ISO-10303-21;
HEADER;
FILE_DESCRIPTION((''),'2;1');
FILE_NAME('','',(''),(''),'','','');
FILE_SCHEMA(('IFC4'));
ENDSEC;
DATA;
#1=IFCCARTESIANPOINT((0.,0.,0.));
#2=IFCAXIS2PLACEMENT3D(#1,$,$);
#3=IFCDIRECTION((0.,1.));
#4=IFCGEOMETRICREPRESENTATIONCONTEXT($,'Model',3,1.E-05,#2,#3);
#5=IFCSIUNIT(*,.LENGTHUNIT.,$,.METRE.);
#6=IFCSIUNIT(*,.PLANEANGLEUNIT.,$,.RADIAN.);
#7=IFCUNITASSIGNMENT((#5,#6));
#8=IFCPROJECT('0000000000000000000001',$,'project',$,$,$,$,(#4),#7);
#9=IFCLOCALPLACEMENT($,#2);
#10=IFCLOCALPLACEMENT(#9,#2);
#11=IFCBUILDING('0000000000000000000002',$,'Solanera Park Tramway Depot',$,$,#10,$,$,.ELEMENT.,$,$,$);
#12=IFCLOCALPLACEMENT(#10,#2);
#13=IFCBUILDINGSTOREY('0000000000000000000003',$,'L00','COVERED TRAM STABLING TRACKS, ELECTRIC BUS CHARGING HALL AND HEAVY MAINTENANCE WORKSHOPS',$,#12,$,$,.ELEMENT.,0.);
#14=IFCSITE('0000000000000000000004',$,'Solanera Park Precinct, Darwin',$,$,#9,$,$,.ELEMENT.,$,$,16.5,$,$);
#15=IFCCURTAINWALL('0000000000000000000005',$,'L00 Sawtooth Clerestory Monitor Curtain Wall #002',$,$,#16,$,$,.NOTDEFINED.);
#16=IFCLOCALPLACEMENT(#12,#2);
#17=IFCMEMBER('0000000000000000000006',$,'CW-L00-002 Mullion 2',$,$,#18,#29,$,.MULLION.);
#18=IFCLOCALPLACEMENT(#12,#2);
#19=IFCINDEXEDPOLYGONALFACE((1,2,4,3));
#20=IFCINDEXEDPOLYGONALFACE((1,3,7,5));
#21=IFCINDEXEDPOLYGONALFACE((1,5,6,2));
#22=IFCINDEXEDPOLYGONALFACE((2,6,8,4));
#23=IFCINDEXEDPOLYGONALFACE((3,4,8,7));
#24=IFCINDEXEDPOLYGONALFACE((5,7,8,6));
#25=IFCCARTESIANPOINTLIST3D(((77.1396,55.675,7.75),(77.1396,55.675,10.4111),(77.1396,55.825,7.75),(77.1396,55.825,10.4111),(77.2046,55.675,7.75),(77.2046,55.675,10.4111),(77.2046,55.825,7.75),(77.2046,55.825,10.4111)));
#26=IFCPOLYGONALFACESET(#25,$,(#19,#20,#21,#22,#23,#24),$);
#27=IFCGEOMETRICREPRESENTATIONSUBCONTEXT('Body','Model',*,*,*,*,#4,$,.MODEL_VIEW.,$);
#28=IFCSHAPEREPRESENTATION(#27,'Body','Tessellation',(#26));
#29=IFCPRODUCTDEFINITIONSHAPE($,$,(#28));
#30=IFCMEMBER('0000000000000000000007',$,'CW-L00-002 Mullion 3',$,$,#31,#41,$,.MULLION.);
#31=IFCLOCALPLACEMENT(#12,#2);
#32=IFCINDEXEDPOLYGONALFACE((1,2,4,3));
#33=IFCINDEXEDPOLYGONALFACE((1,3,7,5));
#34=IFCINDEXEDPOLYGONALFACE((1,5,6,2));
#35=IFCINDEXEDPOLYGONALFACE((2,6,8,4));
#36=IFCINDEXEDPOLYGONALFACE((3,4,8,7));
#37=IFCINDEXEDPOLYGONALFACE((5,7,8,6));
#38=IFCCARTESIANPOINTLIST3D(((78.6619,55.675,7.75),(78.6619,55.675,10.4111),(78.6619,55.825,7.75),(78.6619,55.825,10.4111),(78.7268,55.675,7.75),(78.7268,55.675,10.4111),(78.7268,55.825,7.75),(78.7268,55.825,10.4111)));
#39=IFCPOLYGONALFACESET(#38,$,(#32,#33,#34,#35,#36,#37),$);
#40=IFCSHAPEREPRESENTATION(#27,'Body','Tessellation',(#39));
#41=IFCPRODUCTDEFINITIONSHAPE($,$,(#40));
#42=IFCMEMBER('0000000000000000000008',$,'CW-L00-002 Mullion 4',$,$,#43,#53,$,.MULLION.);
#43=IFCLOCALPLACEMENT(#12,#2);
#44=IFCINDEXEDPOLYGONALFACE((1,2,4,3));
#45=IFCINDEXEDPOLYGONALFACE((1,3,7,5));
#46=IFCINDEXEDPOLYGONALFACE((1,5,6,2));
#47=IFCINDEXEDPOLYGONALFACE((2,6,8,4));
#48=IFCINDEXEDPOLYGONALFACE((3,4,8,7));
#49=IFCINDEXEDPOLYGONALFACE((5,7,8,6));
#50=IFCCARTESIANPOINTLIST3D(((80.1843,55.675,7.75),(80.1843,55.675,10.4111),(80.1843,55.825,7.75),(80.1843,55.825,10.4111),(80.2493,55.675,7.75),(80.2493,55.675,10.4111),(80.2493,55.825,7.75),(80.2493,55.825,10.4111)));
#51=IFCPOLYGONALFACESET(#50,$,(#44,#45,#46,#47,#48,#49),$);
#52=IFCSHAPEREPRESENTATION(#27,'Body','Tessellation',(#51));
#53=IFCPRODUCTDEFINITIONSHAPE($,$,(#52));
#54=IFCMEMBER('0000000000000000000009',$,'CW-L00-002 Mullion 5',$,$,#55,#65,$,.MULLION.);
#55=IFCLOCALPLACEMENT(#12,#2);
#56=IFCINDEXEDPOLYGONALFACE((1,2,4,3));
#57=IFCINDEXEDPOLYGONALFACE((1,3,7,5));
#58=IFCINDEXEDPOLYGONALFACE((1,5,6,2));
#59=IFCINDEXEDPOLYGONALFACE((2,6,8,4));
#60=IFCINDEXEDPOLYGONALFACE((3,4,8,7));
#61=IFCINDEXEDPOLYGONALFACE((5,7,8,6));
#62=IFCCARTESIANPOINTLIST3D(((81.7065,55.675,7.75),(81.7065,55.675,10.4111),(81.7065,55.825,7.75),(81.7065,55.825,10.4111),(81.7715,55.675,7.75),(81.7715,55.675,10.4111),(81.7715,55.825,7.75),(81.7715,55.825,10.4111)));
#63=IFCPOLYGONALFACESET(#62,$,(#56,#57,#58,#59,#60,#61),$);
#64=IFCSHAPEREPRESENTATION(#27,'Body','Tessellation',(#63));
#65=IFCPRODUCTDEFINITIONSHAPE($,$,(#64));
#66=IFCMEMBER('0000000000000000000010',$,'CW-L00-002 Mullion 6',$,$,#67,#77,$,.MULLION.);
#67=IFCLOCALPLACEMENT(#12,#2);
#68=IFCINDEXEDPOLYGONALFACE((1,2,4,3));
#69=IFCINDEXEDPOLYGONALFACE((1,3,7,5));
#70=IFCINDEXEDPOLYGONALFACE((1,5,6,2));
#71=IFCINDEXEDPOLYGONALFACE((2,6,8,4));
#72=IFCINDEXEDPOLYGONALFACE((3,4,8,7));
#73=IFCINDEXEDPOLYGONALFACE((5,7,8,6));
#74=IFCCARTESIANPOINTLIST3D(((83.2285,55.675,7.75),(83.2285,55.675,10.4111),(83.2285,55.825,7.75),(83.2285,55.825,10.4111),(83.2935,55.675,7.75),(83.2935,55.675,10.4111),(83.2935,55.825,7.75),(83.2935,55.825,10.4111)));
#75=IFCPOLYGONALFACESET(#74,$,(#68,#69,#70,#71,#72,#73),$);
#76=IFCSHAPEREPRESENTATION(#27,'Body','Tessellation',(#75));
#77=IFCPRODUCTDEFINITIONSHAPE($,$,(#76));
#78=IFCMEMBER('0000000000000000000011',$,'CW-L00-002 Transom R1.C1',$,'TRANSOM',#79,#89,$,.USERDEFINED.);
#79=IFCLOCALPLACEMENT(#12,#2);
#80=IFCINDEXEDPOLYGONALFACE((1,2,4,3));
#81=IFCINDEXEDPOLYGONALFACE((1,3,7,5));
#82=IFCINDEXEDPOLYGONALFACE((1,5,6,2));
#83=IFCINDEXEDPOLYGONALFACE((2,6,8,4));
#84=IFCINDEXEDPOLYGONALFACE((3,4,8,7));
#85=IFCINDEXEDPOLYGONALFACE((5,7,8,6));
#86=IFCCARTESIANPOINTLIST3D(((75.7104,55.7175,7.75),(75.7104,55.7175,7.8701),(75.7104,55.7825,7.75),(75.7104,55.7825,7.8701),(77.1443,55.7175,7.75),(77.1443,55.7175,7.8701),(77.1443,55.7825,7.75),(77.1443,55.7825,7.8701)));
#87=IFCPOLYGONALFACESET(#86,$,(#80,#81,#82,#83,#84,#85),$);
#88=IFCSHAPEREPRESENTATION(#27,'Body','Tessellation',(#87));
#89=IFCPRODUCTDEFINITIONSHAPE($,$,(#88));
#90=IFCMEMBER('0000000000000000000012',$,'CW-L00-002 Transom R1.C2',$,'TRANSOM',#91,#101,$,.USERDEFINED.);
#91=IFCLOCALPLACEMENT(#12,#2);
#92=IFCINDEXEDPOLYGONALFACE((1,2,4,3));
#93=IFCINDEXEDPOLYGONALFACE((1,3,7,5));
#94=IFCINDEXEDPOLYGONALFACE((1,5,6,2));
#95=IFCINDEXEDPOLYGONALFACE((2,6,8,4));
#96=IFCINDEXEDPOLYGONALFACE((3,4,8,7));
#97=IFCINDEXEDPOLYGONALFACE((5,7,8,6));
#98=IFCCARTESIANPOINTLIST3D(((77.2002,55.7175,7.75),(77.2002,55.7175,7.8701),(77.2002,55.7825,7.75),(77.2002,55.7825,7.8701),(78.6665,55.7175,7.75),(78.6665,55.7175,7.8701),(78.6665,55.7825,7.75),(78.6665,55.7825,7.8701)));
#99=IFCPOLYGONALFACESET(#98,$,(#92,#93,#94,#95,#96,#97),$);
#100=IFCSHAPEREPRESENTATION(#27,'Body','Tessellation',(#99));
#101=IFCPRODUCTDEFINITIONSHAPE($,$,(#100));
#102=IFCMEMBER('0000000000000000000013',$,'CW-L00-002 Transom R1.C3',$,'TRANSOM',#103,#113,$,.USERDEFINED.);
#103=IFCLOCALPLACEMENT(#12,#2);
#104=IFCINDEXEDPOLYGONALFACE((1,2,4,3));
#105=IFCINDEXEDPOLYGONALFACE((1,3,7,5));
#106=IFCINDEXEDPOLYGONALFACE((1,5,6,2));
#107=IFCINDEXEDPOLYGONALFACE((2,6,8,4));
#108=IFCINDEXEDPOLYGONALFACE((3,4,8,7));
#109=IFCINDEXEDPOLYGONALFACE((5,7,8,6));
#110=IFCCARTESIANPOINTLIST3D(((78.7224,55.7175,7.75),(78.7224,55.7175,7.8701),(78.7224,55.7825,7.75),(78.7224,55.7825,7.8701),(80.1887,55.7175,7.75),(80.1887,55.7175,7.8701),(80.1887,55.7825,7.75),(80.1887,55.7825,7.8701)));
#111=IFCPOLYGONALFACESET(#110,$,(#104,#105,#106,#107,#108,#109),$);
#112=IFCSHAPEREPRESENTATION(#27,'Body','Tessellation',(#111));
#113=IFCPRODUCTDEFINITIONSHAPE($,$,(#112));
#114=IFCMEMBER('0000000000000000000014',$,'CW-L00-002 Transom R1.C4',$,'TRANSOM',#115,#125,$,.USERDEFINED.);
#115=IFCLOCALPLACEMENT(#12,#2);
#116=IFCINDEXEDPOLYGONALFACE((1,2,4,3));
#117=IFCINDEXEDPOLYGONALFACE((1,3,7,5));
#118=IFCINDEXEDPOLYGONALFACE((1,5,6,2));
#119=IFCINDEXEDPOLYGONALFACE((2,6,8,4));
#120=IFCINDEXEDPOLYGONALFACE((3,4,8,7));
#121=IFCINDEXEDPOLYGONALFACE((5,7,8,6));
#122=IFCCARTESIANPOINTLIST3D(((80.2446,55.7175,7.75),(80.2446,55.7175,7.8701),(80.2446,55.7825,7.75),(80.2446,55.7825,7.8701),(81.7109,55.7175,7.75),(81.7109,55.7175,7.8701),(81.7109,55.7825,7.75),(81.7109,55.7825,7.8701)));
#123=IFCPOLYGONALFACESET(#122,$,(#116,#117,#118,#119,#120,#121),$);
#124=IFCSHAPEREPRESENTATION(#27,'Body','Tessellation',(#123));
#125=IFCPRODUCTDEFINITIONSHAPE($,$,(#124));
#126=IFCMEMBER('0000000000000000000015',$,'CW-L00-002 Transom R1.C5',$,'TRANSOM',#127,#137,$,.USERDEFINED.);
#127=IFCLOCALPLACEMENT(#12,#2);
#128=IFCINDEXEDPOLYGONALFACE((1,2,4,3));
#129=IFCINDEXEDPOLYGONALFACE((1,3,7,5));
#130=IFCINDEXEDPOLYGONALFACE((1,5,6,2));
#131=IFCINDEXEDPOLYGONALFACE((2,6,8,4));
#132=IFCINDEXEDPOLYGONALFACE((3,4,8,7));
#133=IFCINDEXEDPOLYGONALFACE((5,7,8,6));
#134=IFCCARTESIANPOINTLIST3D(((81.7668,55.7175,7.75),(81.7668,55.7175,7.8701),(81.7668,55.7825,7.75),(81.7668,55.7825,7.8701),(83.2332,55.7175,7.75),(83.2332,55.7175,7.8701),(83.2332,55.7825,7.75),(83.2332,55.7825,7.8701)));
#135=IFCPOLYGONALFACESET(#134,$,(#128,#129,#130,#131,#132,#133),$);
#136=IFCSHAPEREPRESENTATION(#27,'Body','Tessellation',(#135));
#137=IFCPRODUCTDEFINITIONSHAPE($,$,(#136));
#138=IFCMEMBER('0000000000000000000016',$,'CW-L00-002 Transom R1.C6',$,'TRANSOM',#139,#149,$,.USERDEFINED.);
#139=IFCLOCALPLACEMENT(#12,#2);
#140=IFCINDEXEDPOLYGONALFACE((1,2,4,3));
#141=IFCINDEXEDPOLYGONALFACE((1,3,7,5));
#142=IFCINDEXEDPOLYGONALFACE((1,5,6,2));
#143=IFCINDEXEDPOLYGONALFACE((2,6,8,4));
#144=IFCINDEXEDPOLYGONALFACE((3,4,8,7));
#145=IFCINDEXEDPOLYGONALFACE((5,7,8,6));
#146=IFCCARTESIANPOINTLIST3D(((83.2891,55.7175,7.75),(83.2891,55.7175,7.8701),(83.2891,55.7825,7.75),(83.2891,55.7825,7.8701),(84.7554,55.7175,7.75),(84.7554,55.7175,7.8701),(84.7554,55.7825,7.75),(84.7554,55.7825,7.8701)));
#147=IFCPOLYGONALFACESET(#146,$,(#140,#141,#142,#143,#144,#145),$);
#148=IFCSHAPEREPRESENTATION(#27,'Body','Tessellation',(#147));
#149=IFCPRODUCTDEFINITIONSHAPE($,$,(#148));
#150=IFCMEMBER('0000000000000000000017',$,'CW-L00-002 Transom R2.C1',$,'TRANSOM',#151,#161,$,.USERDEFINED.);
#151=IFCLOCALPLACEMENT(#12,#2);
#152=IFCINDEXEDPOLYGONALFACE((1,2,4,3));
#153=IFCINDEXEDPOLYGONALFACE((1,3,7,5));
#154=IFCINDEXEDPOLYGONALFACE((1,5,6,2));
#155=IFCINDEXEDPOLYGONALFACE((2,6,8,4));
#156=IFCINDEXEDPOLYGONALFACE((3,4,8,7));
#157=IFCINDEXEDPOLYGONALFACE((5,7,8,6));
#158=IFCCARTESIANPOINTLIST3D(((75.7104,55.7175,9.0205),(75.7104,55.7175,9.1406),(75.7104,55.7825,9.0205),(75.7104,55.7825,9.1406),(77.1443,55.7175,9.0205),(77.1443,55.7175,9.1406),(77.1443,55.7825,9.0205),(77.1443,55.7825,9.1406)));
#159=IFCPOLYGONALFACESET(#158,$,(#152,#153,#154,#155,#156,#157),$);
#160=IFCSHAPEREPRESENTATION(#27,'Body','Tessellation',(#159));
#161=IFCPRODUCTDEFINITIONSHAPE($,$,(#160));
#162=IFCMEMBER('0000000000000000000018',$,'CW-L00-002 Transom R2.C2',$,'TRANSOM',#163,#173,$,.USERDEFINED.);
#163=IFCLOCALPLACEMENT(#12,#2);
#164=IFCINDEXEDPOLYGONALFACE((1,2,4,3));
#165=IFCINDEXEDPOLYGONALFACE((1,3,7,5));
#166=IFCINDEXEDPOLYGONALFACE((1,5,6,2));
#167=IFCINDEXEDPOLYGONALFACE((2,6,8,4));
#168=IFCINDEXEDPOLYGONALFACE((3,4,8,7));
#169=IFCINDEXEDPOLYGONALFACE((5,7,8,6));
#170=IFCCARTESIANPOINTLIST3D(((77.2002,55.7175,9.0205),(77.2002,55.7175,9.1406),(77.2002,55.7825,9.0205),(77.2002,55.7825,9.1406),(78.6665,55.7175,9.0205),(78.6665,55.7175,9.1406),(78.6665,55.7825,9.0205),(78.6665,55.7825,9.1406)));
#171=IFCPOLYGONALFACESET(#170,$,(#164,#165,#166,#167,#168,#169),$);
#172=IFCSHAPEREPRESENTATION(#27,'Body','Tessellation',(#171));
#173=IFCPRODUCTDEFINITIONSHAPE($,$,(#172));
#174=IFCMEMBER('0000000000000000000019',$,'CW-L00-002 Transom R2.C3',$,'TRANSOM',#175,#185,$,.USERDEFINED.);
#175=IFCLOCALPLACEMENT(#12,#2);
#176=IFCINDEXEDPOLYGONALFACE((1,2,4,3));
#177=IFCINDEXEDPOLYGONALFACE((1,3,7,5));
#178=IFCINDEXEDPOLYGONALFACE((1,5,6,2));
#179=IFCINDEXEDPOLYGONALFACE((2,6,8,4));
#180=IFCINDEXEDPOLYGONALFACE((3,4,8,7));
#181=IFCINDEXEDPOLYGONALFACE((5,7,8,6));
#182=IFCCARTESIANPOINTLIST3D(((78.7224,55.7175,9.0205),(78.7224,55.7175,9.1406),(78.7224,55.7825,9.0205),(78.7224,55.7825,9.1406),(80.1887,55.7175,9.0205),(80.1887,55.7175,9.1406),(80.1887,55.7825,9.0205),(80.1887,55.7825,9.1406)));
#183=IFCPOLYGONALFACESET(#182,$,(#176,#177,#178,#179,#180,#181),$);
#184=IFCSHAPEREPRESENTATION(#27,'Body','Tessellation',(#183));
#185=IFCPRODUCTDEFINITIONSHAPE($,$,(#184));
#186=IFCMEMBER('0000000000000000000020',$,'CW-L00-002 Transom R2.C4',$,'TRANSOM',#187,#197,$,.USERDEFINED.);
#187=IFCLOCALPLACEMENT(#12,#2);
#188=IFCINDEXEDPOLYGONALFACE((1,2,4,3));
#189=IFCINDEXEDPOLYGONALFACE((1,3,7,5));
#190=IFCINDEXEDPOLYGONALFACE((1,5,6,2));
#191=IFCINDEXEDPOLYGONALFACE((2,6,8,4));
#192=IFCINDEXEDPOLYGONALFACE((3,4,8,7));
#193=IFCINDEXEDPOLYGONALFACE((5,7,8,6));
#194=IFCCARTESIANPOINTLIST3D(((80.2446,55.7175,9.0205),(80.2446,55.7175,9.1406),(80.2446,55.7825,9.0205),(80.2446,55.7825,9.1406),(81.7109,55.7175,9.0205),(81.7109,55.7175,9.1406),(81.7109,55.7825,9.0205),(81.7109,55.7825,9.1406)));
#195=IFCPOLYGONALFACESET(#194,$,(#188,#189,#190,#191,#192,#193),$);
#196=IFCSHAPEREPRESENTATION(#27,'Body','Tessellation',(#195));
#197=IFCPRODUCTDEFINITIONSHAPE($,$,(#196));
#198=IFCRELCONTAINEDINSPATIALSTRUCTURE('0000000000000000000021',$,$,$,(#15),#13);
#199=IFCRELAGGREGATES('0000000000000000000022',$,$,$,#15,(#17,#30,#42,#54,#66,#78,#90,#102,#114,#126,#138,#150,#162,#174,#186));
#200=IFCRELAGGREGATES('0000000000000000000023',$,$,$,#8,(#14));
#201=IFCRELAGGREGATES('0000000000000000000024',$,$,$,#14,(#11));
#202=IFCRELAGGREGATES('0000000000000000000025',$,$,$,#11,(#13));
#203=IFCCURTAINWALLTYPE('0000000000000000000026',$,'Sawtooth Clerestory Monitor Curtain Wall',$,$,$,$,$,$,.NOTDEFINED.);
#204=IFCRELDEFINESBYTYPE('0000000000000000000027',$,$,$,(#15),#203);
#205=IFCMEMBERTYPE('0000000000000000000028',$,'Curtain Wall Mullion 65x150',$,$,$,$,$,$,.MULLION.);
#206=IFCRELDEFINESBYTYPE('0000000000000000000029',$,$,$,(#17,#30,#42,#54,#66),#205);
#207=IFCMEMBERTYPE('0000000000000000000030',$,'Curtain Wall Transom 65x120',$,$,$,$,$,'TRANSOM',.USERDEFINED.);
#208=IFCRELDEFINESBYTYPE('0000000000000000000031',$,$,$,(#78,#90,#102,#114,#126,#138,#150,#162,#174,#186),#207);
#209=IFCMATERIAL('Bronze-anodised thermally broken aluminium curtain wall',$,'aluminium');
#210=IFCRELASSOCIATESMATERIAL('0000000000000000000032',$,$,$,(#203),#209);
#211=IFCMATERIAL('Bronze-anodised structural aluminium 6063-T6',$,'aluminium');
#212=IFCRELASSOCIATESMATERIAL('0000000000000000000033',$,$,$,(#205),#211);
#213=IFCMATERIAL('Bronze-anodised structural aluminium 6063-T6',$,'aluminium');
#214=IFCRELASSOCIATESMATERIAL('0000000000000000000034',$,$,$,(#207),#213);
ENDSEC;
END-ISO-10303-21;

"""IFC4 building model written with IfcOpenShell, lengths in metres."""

from ifc_helpers import new_model, si_unit, direction, frame, origin, origin_2d, place, context, subcontext, project, spatial, rectangle, extrude, material, material_profile, profile_set, type_object, element, aggregate, save


model = new_model("IFC4")

# Units and contexts
model_context = context("Model", 3, precision=1e-05, world=origin(), true_north=direction((0.0, 1.0)))
body_context = subcontext(model_context, "Body", "Model", "MODEL_VIEW")
ifc_project = project(units=[si_unit("LENGTHUNIT", "METRE"), si_unit("PLANEANGLEUNIT", "RADIAN")], contexts=[model_context])

# Site, building, storey
site_placement = place(None, origin())
site = spatial("IfcSite", under=ifc_project, at=site_placement, Name="Solanera Park Precinct, Darwin", CompositionType="ELEMENT", RefElevation=16.5)
building_placement = place(site_placement, origin())
building = spatial("IfcBuilding", under=site, at=building_placement, Name="Solanera Park Tramway Depot", CompositionType="ELEMENT")
storey_placement = place(building_placement, origin())
storey = spatial("IfcBuildingStorey", under=building, at=storey_placement, Name="L00", Description="COVERED TRAM STABLING TRACKS, ELECTRIC BUS CHARGING HALL AND HEAVY MAINTENANCE WORKSHOPS", CompositionType="ELEMENT", Elevation=0.0)

# Curtain wall, members
ifc_material_1 = material(Name="Bronze-anodised thermally broken aluminium curtain wall", Category="aluminium")
curtain_wall_type = type_object("IfcCurtainWallType", Name="Sawtooth Clerestory Monitor Curtain Wall", PredefinedType="NOTDEFINED", material=ifc_material_1)
curtain_wall_placement = place(storey_placement, origin())
curtain_wall = element("IfcCurtainWall", 1, at=curtain_wall_placement, inside=storey, type_object=curtain_wall_type, Name="L00 Sawtooth Clerestory Monitor Curtain Wall #002", PredefinedType="NOTDEFINED")
ifc_material_2 = material(Name="Bronze-anodised structural aluminium 6063-T6", Category="aluminium")
ifc_material_profile_1 = material_profile(ifc_material_2, rectangle(XDim=0.0649, YDim=0.1499, at=origin_2d()), Name="Curtain Wall Mullion 65x150")
ifc_profile_set_1 = profile_set([ifc_material_profile_1], Name="Bronze-anodised structural aluminium 6063-T6")
member_type_1 = type_object("IfcMemberType", Name="Curtain Wall Mullion 65x150", PredefinedType="MULLION", material=ifc_profile_set_1)
member_1_placement = place(storey_placement, frame((77.1721, 55.75, 7.75), z_axis=(0.0, 0.0, 1.0), x_axis=(1.0, 0.0, 0.0)))
member_1 = element("IfcMember", 2, at=member_1_placement, type_object=member_type_1, Name="CW-L00-002 Mullion 2", PredefinedType="MULLION", context=body_context, shape_type="SweptSolid", body=[
    extrude(rectangle(XDim=0.0649, YDim=0.1499, at=origin_2d()), origin(), (0.0, 0.0, 1.0), 2.6611),
])
member_2_placement = place(storey_placement, frame((78.6943, 55.75, 7.75), z_axis=(0.0, 0.0, 1.0), x_axis=(1.0, 0.0, 0.0)))
member_2 = element("IfcMember", 3, at=member_2_placement, type_object=member_type_1, Name="CW-L00-002 Mullion 3", PredefinedType="MULLION", context=body_context, shape_type="SweptSolid", body=[
    extrude(rectangle(XDim=0.0649, YDim=0.1499, at=origin_2d()), origin(), (0.0, 0.0, 1.0), 2.6611),
])
member_3_placement = place(storey_placement, frame((80.2168, 55.75, 7.75), z_axis=(0.0, 0.0, 1.0), x_axis=(1.0, 0.0, 0.0)))
member_3 = element("IfcMember", 4, at=member_3_placement, type_object=member_type_1, Name="CW-L00-002 Mullion 4", PredefinedType="MULLION", context=body_context, shape_type="SweptSolid", body=[
    extrude(rectangle(XDim=0.0649, YDim=0.1499, at=origin_2d()), origin(), (0.0, 0.0, 1.0), 2.6611),
])
member_4_placement = place(storey_placement, frame((81.739, 55.75, 7.75), z_axis=(0.0, 0.0, 1.0), x_axis=(1.0, 0.0, 0.0)))
member_4 = element("IfcMember", 5, at=member_4_placement, type_object=member_type_1, Name="CW-L00-002 Mullion 5", PredefinedType="MULLION", context=body_context, shape_type="SweptSolid", body=[
    extrude(rectangle(XDim=0.0649, YDim=0.1499, at=origin_2d()), origin(), (0.0, 0.0, 1.0), 2.6611),
])
member_5_placement = place(storey_placement, frame((83.261, 55.75, 7.75), z_axis=(0.0, 0.0, 1.0), x_axis=(1.0, 0.0, 0.0)))
member_5 = element("IfcMember", 6, at=member_5_placement, type_object=member_type_1, Name="CW-L00-002 Mullion 6", PredefinedType="MULLION", context=body_context, shape_type="SweptSolid", body=[
    extrude(rectangle(XDim=0.0649, YDim=0.1499, at=origin_2d()), origin(), (0.0, 0.0, 1.0), 2.6611),
])
ifc_material_3 = material(Name="Bronze-anodised structural aluminium 6063-T6", Category="aluminium")
ifc_material_profile_2 = material_profile(ifc_material_3, rectangle(XDim=0.0649, YDim=0.1201, at=origin_2d()), Name="Curtain Wall Transom 65x120")
ifc_profile_set_2 = profile_set([ifc_material_profile_2], Name="Bronze-anodised structural aluminium 6063-T6")
member_type_2 = type_object("IfcMemberType", Name="Curtain Wall Transom 65x120", ElementType="TRANSOM", PredefinedType="USERDEFINED", material=ifc_profile_set_2)
member_6_placement = place(storey_placement, frame((75.7104, 55.75, 7.8101), z_axis=(1.0, 0.0, 0.0), x_axis=(0.0, 1.0, 0.0)))
member_6 = element("IfcMember", 7, at=member_6_placement, type_object=member_type_2, Name="CW-L00-002 Transom R1.C1", ObjectType="TRANSOM", PredefinedType="USERDEFINED", context=body_context, shape_type="SweptSolid", body=[
    extrude(rectangle(XDim=0.0649, YDim=0.1201, at=origin_2d()), origin(), (0.0, 0.0, 1.0), 1.4338),
])
member_7_placement = place(storey_placement, frame((77.2002, 55.75, 7.8101), z_axis=(1.0, 0.0, 0.0), x_axis=(0.0, 1.0, 0.0)))
member_7 = element("IfcMember", 8, at=member_7_placement, type_object=member_type_2, Name="CW-L00-002 Transom R1.C2", ObjectType="TRANSOM", PredefinedType="USERDEFINED", context=body_context, shape_type="SweptSolid", body=[
    extrude(rectangle(XDim=0.0649, YDim=0.1201, at=origin_2d()), origin(), (0.0, 0.0, 1.0), 1.4663),
])
member_8_placement = place(storey_placement, frame((78.7224, 55.75, 7.8101), z_axis=(1.0, 0.0, 0.0), x_axis=(0.0, 1.0, 0.0)))
member_8 = element("IfcMember", 9, at=member_8_placement, type_object=member_type_2, Name="CW-L00-002 Transom R1.C3", ObjectType="TRANSOM", PredefinedType="USERDEFINED", context=body_context, shape_type="SweptSolid", body=[
    extrude(rectangle(XDim=0.0649, YDim=0.1201, at=origin_2d()), origin(), (0.0, 0.0, 1.0), 1.4663),
])
member_9_placement = place(storey_placement, frame((80.2446, 55.75, 7.8101), z_axis=(1.0, 0.0, 0.0), x_axis=(0.0, 1.0, 0.0)))
member_9 = element("IfcMember", 10, at=member_9_placement, type_object=member_type_2, Name="CW-L00-002 Transom R1.C4", ObjectType="TRANSOM", PredefinedType="USERDEFINED", context=body_context, shape_type="SweptSolid", body=[
    extrude(rectangle(XDim=0.0649, YDim=0.1201, at=origin_2d()), origin(), (0.0, 0.0, 1.0), 1.4663),
])
member_10_placement = place(storey_placement, frame((81.7668, 55.75, 7.8101), z_axis=(1.0, 0.0, 0.0), x_axis=(0.0, 1.0, 0.0)))
member_10 = element("IfcMember", 11, at=member_10_placement, type_object=member_type_2, Name="CW-L00-002 Transom R1.C5", ObjectType="TRANSOM", PredefinedType="USERDEFINED", context=body_context, shape_type="SweptSolid", body=[
    extrude(rectangle(XDim=0.0649, YDim=0.1201, at=origin_2d()), origin(), (0.0, 0.0, 1.0), 1.4663),
])
member_11_placement = place(storey_placement, frame((83.2891, 55.75, 7.8101), z_axis=(1.0, 0.0, 0.0), x_axis=(0.0, 1.0, 0.0)))
member_11 = element("IfcMember", 12, at=member_11_placement, type_object=member_type_2, Name="CW-L00-002 Transom R1.C6", ObjectType="TRANSOM", PredefinedType="USERDEFINED", context=body_context, shape_type="SweptSolid", body=[
    extrude(rectangle(XDim=0.0649, YDim=0.1201, at=origin_2d()), origin(), (0.0, 0.0, 1.0), 1.4663),
])
member_12_placement = place(storey_placement, frame((75.7104, 55.75, 9.0806), z_axis=(1.0, 0.0, 0.0), x_axis=(0.0, 1.0, 0.0)))
member_12 = element("IfcMember", 13, at=member_12_placement, type_object=member_type_2, Name="CW-L00-002 Transom R2.C1", ObjectType="TRANSOM", PredefinedType="USERDEFINED", context=body_context, shape_type="SweptSolid", body=[
    extrude(rectangle(XDim=0.0649, YDim=0.1201, at=origin_2d()), origin(), (0.0, 0.0, 1.0), 1.4338),
])
member_13_placement = place(storey_placement, frame((77.2002, 55.75, 9.0806), z_axis=(1.0, 0.0, 0.0), x_axis=(0.0, 1.0, 0.0)))
member_13 = element("IfcMember", 14, at=member_13_placement, type_object=member_type_2, Name="CW-L00-002 Transom R2.C2", ObjectType="TRANSOM", PredefinedType="USERDEFINED", context=body_context, shape_type="SweptSolid", body=[
    extrude(rectangle(XDim=0.0649, YDim=0.1201, at=origin_2d()), origin(), (0.0, 0.0, 1.0), 1.4663),
])
member_14_placement = place(storey_placement, frame((78.7224, 55.75, 9.0806), z_axis=(1.0, 0.0, 0.0), x_axis=(0.0, 1.0, 0.0)))
member_14 = element("IfcMember", 15, at=member_14_placement, type_object=member_type_2, Name="CW-L00-002 Transom R2.C3", ObjectType="TRANSOM", PredefinedType="USERDEFINED", context=body_context, shape_type="SweptSolid", body=[
    extrude(rectangle(XDim=0.0649, YDim=0.1201, at=origin_2d()), origin(), (0.0, 0.0, 1.0), 1.4663),
])
member_15_placement = place(storey_placement, frame((80.2446, 55.75, 9.0806), z_axis=(1.0, 0.0, 0.0), x_axis=(0.0, 1.0, 0.0)))
member_15 = element("IfcMember", 16, at=member_15_placement, type_object=member_type_2, Name="CW-L00-002 Transom R2.C4", ObjectType="TRANSOM", PredefinedType="USERDEFINED", context=body_context, shape_type="SweptSolid", body=[
    extrude(rectangle(XDim=0.0649, YDim=0.1201, at=origin_2d()), origin(), (0.0, 0.0, 1.0), 1.4663),
])
aggregate(curtain_wall, [member_1, member_2, member_3, member_4, member_5, member_6, member_7, member_8, member_9, member_10, member_11, member_12, member_13, member_14, member_15])

save(model, "model.ifc")
